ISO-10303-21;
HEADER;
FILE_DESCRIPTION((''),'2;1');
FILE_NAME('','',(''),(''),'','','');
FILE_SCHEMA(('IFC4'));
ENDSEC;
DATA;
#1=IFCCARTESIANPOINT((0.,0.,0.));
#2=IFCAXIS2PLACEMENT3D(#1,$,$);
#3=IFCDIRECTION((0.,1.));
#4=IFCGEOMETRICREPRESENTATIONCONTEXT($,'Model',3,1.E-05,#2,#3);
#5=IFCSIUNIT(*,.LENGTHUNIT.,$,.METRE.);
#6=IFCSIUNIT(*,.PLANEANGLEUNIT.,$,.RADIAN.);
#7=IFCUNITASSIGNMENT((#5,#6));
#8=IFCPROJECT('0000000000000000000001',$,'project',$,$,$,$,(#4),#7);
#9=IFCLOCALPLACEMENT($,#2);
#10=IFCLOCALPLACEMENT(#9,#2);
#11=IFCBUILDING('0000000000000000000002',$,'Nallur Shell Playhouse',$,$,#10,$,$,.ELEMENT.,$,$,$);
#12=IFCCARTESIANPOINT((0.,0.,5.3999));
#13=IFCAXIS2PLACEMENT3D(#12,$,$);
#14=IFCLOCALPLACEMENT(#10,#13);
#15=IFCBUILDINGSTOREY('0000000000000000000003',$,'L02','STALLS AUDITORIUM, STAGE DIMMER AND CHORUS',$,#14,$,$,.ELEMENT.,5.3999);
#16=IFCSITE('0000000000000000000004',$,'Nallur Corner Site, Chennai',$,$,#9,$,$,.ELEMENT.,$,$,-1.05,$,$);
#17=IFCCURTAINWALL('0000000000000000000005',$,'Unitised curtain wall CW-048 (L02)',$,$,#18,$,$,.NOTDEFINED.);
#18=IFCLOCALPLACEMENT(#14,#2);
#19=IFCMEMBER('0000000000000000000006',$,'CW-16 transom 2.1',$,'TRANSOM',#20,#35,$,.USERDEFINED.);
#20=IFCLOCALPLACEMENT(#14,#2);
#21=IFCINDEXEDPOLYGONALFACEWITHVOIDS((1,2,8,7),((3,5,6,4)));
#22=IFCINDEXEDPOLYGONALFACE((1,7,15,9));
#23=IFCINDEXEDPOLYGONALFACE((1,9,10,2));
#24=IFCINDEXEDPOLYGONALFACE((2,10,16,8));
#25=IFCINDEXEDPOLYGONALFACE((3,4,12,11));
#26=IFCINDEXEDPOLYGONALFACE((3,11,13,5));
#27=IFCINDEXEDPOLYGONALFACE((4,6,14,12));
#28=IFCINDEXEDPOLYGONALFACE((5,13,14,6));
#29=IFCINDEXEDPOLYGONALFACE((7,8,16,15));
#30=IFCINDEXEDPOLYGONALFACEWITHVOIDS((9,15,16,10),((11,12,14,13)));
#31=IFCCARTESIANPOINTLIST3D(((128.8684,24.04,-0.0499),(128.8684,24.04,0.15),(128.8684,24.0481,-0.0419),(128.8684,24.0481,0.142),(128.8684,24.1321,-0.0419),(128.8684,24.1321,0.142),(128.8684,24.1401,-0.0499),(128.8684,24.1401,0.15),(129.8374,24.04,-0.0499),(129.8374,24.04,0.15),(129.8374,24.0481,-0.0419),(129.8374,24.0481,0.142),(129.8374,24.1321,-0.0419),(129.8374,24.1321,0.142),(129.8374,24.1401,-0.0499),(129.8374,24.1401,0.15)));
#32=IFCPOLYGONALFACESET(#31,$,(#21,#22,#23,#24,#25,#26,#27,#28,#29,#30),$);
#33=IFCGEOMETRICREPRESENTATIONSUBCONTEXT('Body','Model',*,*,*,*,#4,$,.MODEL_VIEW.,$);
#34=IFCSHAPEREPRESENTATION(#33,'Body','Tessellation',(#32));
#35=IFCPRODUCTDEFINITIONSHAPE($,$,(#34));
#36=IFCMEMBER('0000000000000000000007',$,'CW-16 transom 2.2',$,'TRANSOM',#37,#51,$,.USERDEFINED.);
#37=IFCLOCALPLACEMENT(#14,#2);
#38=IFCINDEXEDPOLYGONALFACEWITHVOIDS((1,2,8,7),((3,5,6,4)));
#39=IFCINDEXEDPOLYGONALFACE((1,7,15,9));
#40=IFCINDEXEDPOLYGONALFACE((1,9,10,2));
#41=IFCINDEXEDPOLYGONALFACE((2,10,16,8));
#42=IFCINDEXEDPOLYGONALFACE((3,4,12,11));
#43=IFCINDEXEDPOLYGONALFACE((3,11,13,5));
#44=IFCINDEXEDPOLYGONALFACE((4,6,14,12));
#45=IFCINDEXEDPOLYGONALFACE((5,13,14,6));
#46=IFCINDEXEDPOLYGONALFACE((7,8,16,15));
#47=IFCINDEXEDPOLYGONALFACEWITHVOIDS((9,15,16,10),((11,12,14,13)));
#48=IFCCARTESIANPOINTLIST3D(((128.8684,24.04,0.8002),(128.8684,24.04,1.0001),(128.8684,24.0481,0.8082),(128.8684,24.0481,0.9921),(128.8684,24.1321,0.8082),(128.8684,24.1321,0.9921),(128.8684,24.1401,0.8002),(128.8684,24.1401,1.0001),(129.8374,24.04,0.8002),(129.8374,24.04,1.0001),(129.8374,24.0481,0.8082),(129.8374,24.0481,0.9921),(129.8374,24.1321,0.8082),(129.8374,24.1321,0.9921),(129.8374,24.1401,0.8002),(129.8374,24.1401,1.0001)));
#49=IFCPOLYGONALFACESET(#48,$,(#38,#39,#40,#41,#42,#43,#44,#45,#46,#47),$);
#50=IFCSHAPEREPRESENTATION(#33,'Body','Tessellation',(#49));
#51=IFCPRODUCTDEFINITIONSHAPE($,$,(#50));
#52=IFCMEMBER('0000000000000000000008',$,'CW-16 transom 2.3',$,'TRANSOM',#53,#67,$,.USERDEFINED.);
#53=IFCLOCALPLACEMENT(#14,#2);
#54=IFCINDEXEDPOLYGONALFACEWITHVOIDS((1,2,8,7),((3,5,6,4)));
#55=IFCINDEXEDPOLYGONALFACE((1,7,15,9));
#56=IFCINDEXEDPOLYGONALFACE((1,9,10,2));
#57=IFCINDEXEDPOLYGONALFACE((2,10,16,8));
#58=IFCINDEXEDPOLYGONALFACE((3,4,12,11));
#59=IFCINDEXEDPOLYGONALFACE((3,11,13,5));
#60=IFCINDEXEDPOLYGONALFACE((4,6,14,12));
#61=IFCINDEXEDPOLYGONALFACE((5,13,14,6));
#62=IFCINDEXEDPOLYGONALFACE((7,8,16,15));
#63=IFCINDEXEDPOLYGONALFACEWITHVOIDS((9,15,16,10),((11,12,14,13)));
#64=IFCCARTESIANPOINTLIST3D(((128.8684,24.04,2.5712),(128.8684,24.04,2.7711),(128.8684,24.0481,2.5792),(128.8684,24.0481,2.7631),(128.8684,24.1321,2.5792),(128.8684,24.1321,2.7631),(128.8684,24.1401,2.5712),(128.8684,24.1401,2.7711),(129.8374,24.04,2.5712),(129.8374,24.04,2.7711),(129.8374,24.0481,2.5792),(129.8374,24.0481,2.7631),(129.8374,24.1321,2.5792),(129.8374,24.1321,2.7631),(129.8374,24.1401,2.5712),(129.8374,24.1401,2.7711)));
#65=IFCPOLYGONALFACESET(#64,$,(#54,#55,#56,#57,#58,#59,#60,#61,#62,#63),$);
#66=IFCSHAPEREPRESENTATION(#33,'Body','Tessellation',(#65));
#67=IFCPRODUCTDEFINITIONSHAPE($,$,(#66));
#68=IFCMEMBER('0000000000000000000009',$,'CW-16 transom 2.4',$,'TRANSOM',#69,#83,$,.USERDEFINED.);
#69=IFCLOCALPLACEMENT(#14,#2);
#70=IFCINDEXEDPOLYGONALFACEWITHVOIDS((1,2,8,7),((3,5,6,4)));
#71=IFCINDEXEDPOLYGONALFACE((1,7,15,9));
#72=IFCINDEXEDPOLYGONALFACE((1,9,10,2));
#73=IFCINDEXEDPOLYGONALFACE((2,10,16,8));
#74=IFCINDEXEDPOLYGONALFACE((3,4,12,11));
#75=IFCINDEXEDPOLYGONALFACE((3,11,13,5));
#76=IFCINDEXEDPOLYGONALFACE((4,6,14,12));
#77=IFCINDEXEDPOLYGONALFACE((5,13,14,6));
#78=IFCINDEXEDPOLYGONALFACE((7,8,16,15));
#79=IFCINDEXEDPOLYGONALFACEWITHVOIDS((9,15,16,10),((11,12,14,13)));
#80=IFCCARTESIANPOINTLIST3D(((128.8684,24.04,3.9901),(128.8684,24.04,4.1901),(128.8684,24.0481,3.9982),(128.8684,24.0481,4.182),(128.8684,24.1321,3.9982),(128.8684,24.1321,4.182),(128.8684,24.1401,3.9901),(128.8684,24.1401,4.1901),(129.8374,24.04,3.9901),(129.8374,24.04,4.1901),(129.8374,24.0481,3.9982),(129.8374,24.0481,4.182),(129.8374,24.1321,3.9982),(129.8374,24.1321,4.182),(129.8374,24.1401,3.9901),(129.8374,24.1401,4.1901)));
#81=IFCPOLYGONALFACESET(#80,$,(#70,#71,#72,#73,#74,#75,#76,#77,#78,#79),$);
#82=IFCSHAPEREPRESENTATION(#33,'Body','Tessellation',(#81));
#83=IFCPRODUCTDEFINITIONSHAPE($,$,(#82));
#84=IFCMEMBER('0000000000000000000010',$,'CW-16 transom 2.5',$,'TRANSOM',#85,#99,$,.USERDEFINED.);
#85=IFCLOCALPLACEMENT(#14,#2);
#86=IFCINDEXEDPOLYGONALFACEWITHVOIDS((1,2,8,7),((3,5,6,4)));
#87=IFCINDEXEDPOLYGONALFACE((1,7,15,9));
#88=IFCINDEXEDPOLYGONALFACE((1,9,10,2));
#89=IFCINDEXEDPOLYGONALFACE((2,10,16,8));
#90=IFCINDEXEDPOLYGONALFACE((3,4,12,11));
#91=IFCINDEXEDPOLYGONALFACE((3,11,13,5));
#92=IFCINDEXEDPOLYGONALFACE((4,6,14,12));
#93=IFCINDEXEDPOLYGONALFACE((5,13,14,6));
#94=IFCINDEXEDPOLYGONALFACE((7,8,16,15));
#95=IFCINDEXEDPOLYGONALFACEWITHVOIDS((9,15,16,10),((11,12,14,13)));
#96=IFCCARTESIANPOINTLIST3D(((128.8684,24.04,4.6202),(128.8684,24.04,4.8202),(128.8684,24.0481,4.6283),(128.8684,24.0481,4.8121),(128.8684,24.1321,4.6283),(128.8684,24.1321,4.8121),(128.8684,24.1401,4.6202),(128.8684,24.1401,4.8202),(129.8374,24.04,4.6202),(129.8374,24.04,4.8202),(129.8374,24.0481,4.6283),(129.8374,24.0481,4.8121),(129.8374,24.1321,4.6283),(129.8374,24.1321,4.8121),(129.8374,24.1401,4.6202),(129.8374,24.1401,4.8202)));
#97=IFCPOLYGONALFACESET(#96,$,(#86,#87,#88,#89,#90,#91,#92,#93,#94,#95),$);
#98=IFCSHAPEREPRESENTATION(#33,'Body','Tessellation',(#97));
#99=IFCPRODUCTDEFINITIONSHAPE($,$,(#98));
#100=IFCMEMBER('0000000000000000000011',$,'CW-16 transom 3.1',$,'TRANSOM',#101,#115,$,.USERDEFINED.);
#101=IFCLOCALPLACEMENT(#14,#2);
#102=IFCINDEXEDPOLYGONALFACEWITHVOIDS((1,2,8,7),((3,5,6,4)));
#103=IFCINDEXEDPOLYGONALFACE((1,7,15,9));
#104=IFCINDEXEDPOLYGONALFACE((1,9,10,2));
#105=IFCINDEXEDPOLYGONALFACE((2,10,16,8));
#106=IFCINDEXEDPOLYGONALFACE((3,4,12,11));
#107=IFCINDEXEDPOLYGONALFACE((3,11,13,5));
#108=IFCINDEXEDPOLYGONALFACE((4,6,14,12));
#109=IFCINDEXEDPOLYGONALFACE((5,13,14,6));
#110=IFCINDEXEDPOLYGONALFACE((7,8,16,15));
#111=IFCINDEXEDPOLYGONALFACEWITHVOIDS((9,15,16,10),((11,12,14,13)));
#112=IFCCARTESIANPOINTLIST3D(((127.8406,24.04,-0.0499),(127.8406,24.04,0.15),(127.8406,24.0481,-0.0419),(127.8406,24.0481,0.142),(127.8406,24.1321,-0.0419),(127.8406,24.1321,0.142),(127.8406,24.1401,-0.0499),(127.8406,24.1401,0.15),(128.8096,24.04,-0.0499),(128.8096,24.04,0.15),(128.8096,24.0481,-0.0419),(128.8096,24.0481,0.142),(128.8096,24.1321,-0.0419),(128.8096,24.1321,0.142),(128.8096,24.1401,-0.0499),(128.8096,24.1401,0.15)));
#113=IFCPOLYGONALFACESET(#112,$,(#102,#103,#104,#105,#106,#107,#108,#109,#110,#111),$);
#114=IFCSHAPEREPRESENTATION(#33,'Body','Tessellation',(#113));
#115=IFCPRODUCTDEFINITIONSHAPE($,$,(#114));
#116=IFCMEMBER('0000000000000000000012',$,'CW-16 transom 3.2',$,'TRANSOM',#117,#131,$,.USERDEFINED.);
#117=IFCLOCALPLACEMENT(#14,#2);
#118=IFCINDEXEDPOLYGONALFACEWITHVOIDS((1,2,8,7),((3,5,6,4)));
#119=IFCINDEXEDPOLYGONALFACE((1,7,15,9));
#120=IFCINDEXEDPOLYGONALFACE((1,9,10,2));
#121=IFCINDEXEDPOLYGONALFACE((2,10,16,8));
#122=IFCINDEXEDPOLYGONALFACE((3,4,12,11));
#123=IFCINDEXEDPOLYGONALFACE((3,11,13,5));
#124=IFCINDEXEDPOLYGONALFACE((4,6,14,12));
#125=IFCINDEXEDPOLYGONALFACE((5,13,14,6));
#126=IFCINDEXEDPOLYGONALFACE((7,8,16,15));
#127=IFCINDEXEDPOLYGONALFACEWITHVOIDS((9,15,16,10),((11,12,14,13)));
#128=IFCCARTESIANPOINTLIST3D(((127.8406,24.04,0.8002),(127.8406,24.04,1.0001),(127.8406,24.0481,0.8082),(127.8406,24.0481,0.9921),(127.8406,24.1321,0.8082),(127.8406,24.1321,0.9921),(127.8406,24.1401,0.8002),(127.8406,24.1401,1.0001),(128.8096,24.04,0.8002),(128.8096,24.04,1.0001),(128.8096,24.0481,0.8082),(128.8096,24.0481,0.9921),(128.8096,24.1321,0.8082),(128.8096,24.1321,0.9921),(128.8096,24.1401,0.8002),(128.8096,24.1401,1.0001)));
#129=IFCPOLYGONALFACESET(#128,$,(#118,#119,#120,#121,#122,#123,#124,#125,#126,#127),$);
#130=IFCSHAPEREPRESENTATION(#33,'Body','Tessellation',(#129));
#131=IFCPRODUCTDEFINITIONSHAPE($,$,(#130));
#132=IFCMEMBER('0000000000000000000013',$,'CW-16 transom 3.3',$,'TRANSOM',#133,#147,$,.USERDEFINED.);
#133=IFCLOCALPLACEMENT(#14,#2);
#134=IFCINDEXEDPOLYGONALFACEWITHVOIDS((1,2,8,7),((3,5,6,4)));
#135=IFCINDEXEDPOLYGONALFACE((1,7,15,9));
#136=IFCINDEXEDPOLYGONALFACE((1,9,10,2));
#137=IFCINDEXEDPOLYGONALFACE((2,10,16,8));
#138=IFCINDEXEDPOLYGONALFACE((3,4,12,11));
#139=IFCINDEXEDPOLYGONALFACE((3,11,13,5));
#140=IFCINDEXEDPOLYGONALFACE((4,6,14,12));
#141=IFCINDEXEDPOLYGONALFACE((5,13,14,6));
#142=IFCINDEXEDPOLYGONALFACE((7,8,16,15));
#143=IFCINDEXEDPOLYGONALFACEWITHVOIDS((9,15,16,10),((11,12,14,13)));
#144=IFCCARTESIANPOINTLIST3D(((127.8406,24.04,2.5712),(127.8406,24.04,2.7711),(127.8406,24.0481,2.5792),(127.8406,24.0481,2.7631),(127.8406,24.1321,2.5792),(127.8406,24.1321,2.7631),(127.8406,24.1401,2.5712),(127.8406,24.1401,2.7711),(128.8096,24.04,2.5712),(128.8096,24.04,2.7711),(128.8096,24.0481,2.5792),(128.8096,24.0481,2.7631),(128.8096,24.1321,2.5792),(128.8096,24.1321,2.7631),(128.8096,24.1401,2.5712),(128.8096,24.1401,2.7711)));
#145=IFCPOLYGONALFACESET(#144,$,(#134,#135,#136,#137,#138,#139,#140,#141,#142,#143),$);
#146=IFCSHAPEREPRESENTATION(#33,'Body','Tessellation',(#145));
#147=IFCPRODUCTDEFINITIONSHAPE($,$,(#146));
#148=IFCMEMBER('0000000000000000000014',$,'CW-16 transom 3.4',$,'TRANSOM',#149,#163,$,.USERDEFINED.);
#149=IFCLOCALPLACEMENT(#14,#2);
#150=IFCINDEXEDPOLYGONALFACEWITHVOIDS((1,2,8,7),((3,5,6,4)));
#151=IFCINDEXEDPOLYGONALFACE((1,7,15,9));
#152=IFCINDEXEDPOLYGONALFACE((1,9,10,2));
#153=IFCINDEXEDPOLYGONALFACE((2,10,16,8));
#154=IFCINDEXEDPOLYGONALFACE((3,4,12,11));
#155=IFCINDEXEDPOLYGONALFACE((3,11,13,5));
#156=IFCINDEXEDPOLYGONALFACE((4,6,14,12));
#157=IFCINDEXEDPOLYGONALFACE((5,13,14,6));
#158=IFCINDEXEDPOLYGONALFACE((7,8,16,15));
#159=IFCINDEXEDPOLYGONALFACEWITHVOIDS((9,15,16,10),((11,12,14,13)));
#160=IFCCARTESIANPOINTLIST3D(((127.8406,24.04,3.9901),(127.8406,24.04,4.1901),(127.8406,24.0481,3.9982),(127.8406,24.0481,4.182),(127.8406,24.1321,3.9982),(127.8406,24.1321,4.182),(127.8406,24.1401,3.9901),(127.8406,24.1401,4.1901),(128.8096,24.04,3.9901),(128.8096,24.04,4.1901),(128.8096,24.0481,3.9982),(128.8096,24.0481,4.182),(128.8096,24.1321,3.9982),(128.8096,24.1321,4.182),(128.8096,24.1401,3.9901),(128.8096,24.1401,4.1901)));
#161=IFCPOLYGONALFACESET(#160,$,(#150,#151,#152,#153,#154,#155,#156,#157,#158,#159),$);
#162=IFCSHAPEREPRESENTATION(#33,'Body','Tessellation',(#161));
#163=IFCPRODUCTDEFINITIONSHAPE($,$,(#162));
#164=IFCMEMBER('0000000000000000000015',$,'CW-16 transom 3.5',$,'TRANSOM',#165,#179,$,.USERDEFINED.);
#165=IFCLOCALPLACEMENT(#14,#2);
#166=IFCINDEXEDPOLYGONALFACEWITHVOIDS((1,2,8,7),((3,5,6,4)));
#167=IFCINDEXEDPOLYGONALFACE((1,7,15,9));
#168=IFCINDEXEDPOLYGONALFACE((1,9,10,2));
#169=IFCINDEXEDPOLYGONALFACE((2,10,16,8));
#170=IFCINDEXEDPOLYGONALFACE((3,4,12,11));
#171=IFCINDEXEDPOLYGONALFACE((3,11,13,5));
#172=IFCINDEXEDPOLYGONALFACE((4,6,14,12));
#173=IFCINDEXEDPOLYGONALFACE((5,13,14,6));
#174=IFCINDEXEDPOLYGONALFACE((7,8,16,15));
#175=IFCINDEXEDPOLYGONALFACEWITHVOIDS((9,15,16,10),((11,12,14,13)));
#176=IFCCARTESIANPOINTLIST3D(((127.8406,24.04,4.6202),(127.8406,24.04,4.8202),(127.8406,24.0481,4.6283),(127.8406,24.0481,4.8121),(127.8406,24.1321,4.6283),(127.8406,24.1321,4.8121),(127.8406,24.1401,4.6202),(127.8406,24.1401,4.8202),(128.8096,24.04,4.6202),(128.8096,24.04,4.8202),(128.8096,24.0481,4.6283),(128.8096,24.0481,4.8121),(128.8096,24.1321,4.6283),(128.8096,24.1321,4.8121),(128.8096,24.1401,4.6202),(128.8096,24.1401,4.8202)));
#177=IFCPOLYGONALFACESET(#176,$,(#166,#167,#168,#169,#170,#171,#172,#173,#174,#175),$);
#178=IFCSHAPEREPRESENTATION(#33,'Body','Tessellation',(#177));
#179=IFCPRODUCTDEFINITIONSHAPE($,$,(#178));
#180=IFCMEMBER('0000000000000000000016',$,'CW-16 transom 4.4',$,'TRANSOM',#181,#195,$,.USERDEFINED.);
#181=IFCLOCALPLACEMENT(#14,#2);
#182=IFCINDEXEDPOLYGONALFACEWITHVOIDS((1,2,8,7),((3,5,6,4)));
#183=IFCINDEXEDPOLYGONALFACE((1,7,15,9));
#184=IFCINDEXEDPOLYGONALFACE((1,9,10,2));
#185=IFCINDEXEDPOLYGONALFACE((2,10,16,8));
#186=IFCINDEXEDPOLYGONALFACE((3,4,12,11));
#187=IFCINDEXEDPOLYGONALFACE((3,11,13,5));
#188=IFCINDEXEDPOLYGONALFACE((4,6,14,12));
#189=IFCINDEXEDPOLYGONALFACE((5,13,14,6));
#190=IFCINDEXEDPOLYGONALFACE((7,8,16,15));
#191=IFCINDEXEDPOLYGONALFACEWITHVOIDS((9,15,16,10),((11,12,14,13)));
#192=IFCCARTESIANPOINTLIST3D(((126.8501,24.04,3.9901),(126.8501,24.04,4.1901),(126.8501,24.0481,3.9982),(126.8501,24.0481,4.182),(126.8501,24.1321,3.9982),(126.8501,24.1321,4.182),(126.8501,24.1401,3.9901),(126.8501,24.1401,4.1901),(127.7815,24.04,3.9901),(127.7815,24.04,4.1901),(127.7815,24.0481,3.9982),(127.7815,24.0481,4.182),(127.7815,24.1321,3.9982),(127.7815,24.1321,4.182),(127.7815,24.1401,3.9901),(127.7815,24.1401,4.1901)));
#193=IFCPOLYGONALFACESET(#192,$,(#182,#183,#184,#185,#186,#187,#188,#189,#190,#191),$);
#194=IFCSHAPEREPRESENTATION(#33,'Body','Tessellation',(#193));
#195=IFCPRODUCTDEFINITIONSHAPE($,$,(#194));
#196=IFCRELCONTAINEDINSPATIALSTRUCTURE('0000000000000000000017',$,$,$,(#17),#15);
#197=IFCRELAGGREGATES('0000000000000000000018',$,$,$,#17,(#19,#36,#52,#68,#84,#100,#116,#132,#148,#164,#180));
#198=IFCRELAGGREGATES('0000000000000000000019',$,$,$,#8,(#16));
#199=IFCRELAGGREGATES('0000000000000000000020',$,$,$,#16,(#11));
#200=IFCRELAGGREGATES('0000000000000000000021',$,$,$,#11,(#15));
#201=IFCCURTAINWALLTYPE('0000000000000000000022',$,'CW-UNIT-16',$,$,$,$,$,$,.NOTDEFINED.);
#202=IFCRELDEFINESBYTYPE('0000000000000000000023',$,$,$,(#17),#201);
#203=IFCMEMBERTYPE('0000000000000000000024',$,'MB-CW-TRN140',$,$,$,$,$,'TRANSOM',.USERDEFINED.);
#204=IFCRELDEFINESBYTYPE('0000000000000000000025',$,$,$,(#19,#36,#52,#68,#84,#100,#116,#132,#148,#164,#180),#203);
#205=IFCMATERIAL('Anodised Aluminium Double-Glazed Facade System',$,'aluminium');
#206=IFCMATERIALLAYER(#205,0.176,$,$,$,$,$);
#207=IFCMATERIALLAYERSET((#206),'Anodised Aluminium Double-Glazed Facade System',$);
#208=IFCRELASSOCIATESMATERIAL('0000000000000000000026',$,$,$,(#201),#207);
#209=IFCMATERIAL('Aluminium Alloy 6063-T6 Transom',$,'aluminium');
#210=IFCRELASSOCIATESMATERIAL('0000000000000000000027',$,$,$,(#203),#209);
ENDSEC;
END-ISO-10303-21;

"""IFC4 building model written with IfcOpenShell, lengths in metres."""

from ifc_helpers import new_model, si_unit, direction, frame, origin, origin_2d, place, context, subcontext, project, spatial, hollow_rectangle, extrude, material, layer, layer_set, material_profile, profile_set, type_object, element, aggregate, save


model = new_model("IFC4")

# Units and contexts
model_context = context("Model", 3, precision=1e-05, world=origin(), true_north=direction((0.0, 1.0)))
body_context = subcontext(model_context, "Body", "Model", "MODEL_VIEW")
ifc_project = project(units=[si_unit("LENGTHUNIT", "METRE"), si_unit("PLANEANGLEUNIT", "RADIAN")], contexts=[model_context])

# Site, building, storey
site_placement = place(None, origin())
site = spatial("IfcSite", under=ifc_project, at=site_placement, Name="Nallur Corner Site, Chennai", CompositionType="ELEMENT", RefElevation=-1.05)
building_placement = place(site_placement, origin())
building = spatial("IfcBuilding", under=site, at=building_placement, Name="Nallur Shell Playhouse", CompositionType="ELEMENT")
storey_placement = place(building_placement, frame((0.0, 0.0, 5.3999)))
storey = spatial("IfcBuildingStorey", under=building, at=storey_placement, Name="L02", Description="STALLS AUDITORIUM, STAGE DIMMER AND CHORUS", CompositionType="ELEMENT", Elevation=5.3999)

# Shared definitions
ifc_material_1 = material(Name="Anodised Aluminium Double-Glazed Facade System", Category="aluminium")

# Curtain wall, members
ifc_layer_1 = layer(ifc_material_1, 0.176)
ifc_layer_set_1 = layer_set([ifc_layer_1], Name="Anodised Aluminium Double-Glazed Facade System")
curtain_wall_type_1 = type_object("IfcCurtainWallType", Name="CW-UNIT-16", PredefinedType="NOTDEFINED", material=ifc_layer_set_1)
curtain_wall_1_placement = place(storey_placement, origin())
curtain_wall_1 = element("IfcCurtainWall", 1, at=curtain_wall_1_placement, inside=storey, type_object=curtain_wall_type_1, Name="Unitised curtain wall CW-048 (L02)", PredefinedType="NOTDEFINED")
ifc_material_2 = material(Name="Aluminium Alloy 6063-T6 Transom", Category="aluminium")
ifc_material_profile_1 = material_profile(ifc_material_2, hollow_rectangle(XDim=0.1001, YDim=0.2, WallThickness=0.0081, at=origin_2d()), Name="RHS 200x100x8")
ifc_profile_set_1 = profile_set([ifc_material_profile_1], Name="Aluminium Alloy 6063-T6 Transom")
member_type_1 = type_object("IfcMemberType", Name="MB-CW-TRN140", ElementType="TRANSOM", PredefinedType="USERDEFINED", material=ifc_profile_set_1)
member_1_placement = place(storey_placement, frame((129.8374, 24.0901, 0.05), z_axis=(-1.0, 0.0, 0.0), x_axis=(0.0, -1.0, 0.0)))
member_1 = element("IfcMember", 2, at=member_1_placement, type_object=member_type_1, Name="CW-16 transom 2.1", ObjectType="TRANSOM", PredefinedType="USERDEFINED", context=body_context, shape_type="SweptSolid", body=[
    extrude(hollow_rectangle(XDim=0.1001, YDim=0.2, WallThickness=0.0081, at=origin_2d()), origin(), (0.0, 0.0, 1.0), 0.969),
])
member_2_placement = place(storey_placement, frame((129.8374, 24.0901, 0.9001), z_axis=(-1.0, 0.0, 0.0), x_axis=(0.0, -1.0, 0.0)))
member_2 = element("IfcMember", 3, at=member_2_placement, type_object=member_type_1, Name="CW-16 transom 2.2", ObjectType="TRANSOM", PredefinedType="USERDEFINED", context=body_context, shape_type="SweptSolid", body=[
    extrude(hollow_rectangle(XDim=0.1001, YDim=0.2, WallThickness=0.0081, at=origin_2d()), origin(), (0.0, 0.0, 1.0), 0.969),
])
member_3_placement = place(storey_placement, frame((129.8374, 24.0901, 2.6711), z_axis=(-1.0, 0.0, 0.0), x_axis=(0.0, -1.0, 0.0)))
member_3 = element("IfcMember", 4, at=member_3_placement, type_object=member_type_1, Name="CW-16 transom 2.3", ObjectType="TRANSOM", PredefinedType="USERDEFINED", context=body_context, shape_type="SweptSolid", body=[
    extrude(hollow_rectangle(XDim=0.1001, YDim=0.2, WallThickness=0.0081, at=origin_2d()), origin(), (0.0, 0.0, 1.0), 0.969),
])
member_4_placement = place(storey_placement, frame((129.8374, 24.0901, 4.0901), z_axis=(-1.0, 0.0, 0.0), x_axis=(0.0, -1.0, 0.0)))
member_4 = element("IfcMember", 5, at=member_4_placement, type_object=member_type_1, Name="CW-16 transom 2.4", ObjectType="TRANSOM", PredefinedType="USERDEFINED", context=body_context, shape_type="SweptSolid", body=[
    extrude(hollow_rectangle(XDim=0.1001, YDim=0.2, WallThickness=0.0081, at=origin_2d()), origin(), (0.0, 0.0, 1.0), 0.969),
])
member_5_placement = place(storey_placement, frame((129.8374, 24.0901, 4.7202), z_axis=(-1.0, 0.0, 0.0), x_axis=(0.0, -1.0, 0.0)))
member_5 = element("IfcMember", 6, at=member_5_placement, type_object=member_type_1, Name="CW-16 transom 2.5", ObjectType="TRANSOM", PredefinedType="USERDEFINED", context=body_context, shape_type="SweptSolid", body=[
    extrude(hollow_rectangle(XDim=0.1001, YDim=0.2, WallThickness=0.0081, at=origin_2d()), origin(), (0.0, 0.0, 1.0), 0.969),
])
member_6_placement = place(storey_placement, frame((128.8096, 24.0901, 0.05), z_axis=(-1.0, 0.0, 0.0), x_axis=(0.0, -1.0, 0.0)))
member_6 = element("IfcMember", 7, at=member_6_placement, type_object=member_type_1, Name="CW-16 transom 3.1", ObjectType="TRANSOM", PredefinedType="USERDEFINED", context=body_context, shape_type="SweptSolid", body=[
    extrude(hollow_rectangle(XDim=0.1001, YDim=0.2, WallThickness=0.0081, at=origin_2d()), origin(), (0.0, 0.0, 1.0), 0.969),
])
member_7_placement = place(storey_placement, frame((128.8096, 24.0901, 0.9001), z_axis=(-1.0, 0.0, 0.0), x_axis=(0.0, -1.0, 0.0)))
member_7 = element("IfcMember", 8, at=member_7_placement, type_object=member_type_1, Name="CW-16 transom 3.2", ObjectType="TRANSOM", PredefinedType="USERDEFINED", context=body_context, shape_type="SweptSolid", body=[
    extrude(hollow_rectangle(XDim=0.1001, YDim=0.2, WallThickness=0.0081, at=origin_2d()), origin(), (0.0, 0.0, 1.0), 0.969),
])
member_8_placement = place(storey_placement, frame((128.8096, 24.0901, 2.6711), z_axis=(-1.0, 0.0, 0.0), x_axis=(0.0, -1.0, 0.0)))
member_8 = element("IfcMember", 9, at=member_8_placement, type_object=member_type_1, Name="CW-16 transom 3.3", ObjectType="TRANSOM", PredefinedType="USERDEFINED", context=body_context, shape_type="SweptSolid", body=[
    extrude(hollow_rectangle(XDim=0.1001, YDim=0.2, WallThickness=0.0081, at=origin_2d()), origin(), (0.0, 0.0, 1.0), 0.969),
])
member_9_placement = place(storey_placement, frame((128.8096, 24.0901, 4.0901), z_axis=(-1.0, 0.0, 0.0), x_axis=(0.0, -1.0, 0.0)))
member_9 = element("IfcMember", 10, at=member_9_placement, type_object=member_type_1, Name="CW-16 transom 3.4", ObjectType="TRANSOM", PredefinedType="USERDEFINED", context=body_context, shape_type="SweptSolid", body=[
    extrude(hollow_rectangle(XDim=0.1001, YDim=0.2, WallThickness=0.0081, at=origin_2d()), origin(), (0.0, 0.0, 1.0), 0.969),
])
member_10_placement = place(storey_placement, frame((128.8096, 24.0901, 4.7202), z_axis=(-1.0, 0.0, 0.0), x_axis=(0.0, -1.0, 0.0)))
member_10 = element("IfcMember", 11, at=member_10_placement, type_object=member_type_1, Name="CW-16 transom 3.5", ObjectType="TRANSOM", PredefinedType="USERDEFINED", context=body_context, shape_type="SweptSolid", body=[
    extrude(hollow_rectangle(XDim=0.1001, YDim=0.2, WallThickness=0.0081, at=origin_2d()), origin(), (0.0, 0.0, 1.0), 0.969),
])
member_11_placement = place(storey_placement, frame((127.7815, 24.0901, 4.0901), z_axis=(-1.0, 0.0, 0.0), x_axis=(0.0, -1.0, 0.0)))
member_11 = element("IfcMember", 12, at=member_11_placement, type_object=member_type_1, Name="CW-16 transom 4.4", ObjectType="TRANSOM", PredefinedType="USERDEFINED", context=body_context, shape_type="SweptSolid", body=[
    extrude(hollow_rectangle(XDim=0.1001, YDim=0.2, WallThickness=0.0081, at=origin_2d()), origin(), (0.0, 0.0, 1.0), 0.9314),
])

aggregate(curtain_wall_1, [member_1, member_2, member_3, member_4, member_5, member_6, member_7, member_8, member_9, member_10, member_11])

save(model, "model.ifc")
